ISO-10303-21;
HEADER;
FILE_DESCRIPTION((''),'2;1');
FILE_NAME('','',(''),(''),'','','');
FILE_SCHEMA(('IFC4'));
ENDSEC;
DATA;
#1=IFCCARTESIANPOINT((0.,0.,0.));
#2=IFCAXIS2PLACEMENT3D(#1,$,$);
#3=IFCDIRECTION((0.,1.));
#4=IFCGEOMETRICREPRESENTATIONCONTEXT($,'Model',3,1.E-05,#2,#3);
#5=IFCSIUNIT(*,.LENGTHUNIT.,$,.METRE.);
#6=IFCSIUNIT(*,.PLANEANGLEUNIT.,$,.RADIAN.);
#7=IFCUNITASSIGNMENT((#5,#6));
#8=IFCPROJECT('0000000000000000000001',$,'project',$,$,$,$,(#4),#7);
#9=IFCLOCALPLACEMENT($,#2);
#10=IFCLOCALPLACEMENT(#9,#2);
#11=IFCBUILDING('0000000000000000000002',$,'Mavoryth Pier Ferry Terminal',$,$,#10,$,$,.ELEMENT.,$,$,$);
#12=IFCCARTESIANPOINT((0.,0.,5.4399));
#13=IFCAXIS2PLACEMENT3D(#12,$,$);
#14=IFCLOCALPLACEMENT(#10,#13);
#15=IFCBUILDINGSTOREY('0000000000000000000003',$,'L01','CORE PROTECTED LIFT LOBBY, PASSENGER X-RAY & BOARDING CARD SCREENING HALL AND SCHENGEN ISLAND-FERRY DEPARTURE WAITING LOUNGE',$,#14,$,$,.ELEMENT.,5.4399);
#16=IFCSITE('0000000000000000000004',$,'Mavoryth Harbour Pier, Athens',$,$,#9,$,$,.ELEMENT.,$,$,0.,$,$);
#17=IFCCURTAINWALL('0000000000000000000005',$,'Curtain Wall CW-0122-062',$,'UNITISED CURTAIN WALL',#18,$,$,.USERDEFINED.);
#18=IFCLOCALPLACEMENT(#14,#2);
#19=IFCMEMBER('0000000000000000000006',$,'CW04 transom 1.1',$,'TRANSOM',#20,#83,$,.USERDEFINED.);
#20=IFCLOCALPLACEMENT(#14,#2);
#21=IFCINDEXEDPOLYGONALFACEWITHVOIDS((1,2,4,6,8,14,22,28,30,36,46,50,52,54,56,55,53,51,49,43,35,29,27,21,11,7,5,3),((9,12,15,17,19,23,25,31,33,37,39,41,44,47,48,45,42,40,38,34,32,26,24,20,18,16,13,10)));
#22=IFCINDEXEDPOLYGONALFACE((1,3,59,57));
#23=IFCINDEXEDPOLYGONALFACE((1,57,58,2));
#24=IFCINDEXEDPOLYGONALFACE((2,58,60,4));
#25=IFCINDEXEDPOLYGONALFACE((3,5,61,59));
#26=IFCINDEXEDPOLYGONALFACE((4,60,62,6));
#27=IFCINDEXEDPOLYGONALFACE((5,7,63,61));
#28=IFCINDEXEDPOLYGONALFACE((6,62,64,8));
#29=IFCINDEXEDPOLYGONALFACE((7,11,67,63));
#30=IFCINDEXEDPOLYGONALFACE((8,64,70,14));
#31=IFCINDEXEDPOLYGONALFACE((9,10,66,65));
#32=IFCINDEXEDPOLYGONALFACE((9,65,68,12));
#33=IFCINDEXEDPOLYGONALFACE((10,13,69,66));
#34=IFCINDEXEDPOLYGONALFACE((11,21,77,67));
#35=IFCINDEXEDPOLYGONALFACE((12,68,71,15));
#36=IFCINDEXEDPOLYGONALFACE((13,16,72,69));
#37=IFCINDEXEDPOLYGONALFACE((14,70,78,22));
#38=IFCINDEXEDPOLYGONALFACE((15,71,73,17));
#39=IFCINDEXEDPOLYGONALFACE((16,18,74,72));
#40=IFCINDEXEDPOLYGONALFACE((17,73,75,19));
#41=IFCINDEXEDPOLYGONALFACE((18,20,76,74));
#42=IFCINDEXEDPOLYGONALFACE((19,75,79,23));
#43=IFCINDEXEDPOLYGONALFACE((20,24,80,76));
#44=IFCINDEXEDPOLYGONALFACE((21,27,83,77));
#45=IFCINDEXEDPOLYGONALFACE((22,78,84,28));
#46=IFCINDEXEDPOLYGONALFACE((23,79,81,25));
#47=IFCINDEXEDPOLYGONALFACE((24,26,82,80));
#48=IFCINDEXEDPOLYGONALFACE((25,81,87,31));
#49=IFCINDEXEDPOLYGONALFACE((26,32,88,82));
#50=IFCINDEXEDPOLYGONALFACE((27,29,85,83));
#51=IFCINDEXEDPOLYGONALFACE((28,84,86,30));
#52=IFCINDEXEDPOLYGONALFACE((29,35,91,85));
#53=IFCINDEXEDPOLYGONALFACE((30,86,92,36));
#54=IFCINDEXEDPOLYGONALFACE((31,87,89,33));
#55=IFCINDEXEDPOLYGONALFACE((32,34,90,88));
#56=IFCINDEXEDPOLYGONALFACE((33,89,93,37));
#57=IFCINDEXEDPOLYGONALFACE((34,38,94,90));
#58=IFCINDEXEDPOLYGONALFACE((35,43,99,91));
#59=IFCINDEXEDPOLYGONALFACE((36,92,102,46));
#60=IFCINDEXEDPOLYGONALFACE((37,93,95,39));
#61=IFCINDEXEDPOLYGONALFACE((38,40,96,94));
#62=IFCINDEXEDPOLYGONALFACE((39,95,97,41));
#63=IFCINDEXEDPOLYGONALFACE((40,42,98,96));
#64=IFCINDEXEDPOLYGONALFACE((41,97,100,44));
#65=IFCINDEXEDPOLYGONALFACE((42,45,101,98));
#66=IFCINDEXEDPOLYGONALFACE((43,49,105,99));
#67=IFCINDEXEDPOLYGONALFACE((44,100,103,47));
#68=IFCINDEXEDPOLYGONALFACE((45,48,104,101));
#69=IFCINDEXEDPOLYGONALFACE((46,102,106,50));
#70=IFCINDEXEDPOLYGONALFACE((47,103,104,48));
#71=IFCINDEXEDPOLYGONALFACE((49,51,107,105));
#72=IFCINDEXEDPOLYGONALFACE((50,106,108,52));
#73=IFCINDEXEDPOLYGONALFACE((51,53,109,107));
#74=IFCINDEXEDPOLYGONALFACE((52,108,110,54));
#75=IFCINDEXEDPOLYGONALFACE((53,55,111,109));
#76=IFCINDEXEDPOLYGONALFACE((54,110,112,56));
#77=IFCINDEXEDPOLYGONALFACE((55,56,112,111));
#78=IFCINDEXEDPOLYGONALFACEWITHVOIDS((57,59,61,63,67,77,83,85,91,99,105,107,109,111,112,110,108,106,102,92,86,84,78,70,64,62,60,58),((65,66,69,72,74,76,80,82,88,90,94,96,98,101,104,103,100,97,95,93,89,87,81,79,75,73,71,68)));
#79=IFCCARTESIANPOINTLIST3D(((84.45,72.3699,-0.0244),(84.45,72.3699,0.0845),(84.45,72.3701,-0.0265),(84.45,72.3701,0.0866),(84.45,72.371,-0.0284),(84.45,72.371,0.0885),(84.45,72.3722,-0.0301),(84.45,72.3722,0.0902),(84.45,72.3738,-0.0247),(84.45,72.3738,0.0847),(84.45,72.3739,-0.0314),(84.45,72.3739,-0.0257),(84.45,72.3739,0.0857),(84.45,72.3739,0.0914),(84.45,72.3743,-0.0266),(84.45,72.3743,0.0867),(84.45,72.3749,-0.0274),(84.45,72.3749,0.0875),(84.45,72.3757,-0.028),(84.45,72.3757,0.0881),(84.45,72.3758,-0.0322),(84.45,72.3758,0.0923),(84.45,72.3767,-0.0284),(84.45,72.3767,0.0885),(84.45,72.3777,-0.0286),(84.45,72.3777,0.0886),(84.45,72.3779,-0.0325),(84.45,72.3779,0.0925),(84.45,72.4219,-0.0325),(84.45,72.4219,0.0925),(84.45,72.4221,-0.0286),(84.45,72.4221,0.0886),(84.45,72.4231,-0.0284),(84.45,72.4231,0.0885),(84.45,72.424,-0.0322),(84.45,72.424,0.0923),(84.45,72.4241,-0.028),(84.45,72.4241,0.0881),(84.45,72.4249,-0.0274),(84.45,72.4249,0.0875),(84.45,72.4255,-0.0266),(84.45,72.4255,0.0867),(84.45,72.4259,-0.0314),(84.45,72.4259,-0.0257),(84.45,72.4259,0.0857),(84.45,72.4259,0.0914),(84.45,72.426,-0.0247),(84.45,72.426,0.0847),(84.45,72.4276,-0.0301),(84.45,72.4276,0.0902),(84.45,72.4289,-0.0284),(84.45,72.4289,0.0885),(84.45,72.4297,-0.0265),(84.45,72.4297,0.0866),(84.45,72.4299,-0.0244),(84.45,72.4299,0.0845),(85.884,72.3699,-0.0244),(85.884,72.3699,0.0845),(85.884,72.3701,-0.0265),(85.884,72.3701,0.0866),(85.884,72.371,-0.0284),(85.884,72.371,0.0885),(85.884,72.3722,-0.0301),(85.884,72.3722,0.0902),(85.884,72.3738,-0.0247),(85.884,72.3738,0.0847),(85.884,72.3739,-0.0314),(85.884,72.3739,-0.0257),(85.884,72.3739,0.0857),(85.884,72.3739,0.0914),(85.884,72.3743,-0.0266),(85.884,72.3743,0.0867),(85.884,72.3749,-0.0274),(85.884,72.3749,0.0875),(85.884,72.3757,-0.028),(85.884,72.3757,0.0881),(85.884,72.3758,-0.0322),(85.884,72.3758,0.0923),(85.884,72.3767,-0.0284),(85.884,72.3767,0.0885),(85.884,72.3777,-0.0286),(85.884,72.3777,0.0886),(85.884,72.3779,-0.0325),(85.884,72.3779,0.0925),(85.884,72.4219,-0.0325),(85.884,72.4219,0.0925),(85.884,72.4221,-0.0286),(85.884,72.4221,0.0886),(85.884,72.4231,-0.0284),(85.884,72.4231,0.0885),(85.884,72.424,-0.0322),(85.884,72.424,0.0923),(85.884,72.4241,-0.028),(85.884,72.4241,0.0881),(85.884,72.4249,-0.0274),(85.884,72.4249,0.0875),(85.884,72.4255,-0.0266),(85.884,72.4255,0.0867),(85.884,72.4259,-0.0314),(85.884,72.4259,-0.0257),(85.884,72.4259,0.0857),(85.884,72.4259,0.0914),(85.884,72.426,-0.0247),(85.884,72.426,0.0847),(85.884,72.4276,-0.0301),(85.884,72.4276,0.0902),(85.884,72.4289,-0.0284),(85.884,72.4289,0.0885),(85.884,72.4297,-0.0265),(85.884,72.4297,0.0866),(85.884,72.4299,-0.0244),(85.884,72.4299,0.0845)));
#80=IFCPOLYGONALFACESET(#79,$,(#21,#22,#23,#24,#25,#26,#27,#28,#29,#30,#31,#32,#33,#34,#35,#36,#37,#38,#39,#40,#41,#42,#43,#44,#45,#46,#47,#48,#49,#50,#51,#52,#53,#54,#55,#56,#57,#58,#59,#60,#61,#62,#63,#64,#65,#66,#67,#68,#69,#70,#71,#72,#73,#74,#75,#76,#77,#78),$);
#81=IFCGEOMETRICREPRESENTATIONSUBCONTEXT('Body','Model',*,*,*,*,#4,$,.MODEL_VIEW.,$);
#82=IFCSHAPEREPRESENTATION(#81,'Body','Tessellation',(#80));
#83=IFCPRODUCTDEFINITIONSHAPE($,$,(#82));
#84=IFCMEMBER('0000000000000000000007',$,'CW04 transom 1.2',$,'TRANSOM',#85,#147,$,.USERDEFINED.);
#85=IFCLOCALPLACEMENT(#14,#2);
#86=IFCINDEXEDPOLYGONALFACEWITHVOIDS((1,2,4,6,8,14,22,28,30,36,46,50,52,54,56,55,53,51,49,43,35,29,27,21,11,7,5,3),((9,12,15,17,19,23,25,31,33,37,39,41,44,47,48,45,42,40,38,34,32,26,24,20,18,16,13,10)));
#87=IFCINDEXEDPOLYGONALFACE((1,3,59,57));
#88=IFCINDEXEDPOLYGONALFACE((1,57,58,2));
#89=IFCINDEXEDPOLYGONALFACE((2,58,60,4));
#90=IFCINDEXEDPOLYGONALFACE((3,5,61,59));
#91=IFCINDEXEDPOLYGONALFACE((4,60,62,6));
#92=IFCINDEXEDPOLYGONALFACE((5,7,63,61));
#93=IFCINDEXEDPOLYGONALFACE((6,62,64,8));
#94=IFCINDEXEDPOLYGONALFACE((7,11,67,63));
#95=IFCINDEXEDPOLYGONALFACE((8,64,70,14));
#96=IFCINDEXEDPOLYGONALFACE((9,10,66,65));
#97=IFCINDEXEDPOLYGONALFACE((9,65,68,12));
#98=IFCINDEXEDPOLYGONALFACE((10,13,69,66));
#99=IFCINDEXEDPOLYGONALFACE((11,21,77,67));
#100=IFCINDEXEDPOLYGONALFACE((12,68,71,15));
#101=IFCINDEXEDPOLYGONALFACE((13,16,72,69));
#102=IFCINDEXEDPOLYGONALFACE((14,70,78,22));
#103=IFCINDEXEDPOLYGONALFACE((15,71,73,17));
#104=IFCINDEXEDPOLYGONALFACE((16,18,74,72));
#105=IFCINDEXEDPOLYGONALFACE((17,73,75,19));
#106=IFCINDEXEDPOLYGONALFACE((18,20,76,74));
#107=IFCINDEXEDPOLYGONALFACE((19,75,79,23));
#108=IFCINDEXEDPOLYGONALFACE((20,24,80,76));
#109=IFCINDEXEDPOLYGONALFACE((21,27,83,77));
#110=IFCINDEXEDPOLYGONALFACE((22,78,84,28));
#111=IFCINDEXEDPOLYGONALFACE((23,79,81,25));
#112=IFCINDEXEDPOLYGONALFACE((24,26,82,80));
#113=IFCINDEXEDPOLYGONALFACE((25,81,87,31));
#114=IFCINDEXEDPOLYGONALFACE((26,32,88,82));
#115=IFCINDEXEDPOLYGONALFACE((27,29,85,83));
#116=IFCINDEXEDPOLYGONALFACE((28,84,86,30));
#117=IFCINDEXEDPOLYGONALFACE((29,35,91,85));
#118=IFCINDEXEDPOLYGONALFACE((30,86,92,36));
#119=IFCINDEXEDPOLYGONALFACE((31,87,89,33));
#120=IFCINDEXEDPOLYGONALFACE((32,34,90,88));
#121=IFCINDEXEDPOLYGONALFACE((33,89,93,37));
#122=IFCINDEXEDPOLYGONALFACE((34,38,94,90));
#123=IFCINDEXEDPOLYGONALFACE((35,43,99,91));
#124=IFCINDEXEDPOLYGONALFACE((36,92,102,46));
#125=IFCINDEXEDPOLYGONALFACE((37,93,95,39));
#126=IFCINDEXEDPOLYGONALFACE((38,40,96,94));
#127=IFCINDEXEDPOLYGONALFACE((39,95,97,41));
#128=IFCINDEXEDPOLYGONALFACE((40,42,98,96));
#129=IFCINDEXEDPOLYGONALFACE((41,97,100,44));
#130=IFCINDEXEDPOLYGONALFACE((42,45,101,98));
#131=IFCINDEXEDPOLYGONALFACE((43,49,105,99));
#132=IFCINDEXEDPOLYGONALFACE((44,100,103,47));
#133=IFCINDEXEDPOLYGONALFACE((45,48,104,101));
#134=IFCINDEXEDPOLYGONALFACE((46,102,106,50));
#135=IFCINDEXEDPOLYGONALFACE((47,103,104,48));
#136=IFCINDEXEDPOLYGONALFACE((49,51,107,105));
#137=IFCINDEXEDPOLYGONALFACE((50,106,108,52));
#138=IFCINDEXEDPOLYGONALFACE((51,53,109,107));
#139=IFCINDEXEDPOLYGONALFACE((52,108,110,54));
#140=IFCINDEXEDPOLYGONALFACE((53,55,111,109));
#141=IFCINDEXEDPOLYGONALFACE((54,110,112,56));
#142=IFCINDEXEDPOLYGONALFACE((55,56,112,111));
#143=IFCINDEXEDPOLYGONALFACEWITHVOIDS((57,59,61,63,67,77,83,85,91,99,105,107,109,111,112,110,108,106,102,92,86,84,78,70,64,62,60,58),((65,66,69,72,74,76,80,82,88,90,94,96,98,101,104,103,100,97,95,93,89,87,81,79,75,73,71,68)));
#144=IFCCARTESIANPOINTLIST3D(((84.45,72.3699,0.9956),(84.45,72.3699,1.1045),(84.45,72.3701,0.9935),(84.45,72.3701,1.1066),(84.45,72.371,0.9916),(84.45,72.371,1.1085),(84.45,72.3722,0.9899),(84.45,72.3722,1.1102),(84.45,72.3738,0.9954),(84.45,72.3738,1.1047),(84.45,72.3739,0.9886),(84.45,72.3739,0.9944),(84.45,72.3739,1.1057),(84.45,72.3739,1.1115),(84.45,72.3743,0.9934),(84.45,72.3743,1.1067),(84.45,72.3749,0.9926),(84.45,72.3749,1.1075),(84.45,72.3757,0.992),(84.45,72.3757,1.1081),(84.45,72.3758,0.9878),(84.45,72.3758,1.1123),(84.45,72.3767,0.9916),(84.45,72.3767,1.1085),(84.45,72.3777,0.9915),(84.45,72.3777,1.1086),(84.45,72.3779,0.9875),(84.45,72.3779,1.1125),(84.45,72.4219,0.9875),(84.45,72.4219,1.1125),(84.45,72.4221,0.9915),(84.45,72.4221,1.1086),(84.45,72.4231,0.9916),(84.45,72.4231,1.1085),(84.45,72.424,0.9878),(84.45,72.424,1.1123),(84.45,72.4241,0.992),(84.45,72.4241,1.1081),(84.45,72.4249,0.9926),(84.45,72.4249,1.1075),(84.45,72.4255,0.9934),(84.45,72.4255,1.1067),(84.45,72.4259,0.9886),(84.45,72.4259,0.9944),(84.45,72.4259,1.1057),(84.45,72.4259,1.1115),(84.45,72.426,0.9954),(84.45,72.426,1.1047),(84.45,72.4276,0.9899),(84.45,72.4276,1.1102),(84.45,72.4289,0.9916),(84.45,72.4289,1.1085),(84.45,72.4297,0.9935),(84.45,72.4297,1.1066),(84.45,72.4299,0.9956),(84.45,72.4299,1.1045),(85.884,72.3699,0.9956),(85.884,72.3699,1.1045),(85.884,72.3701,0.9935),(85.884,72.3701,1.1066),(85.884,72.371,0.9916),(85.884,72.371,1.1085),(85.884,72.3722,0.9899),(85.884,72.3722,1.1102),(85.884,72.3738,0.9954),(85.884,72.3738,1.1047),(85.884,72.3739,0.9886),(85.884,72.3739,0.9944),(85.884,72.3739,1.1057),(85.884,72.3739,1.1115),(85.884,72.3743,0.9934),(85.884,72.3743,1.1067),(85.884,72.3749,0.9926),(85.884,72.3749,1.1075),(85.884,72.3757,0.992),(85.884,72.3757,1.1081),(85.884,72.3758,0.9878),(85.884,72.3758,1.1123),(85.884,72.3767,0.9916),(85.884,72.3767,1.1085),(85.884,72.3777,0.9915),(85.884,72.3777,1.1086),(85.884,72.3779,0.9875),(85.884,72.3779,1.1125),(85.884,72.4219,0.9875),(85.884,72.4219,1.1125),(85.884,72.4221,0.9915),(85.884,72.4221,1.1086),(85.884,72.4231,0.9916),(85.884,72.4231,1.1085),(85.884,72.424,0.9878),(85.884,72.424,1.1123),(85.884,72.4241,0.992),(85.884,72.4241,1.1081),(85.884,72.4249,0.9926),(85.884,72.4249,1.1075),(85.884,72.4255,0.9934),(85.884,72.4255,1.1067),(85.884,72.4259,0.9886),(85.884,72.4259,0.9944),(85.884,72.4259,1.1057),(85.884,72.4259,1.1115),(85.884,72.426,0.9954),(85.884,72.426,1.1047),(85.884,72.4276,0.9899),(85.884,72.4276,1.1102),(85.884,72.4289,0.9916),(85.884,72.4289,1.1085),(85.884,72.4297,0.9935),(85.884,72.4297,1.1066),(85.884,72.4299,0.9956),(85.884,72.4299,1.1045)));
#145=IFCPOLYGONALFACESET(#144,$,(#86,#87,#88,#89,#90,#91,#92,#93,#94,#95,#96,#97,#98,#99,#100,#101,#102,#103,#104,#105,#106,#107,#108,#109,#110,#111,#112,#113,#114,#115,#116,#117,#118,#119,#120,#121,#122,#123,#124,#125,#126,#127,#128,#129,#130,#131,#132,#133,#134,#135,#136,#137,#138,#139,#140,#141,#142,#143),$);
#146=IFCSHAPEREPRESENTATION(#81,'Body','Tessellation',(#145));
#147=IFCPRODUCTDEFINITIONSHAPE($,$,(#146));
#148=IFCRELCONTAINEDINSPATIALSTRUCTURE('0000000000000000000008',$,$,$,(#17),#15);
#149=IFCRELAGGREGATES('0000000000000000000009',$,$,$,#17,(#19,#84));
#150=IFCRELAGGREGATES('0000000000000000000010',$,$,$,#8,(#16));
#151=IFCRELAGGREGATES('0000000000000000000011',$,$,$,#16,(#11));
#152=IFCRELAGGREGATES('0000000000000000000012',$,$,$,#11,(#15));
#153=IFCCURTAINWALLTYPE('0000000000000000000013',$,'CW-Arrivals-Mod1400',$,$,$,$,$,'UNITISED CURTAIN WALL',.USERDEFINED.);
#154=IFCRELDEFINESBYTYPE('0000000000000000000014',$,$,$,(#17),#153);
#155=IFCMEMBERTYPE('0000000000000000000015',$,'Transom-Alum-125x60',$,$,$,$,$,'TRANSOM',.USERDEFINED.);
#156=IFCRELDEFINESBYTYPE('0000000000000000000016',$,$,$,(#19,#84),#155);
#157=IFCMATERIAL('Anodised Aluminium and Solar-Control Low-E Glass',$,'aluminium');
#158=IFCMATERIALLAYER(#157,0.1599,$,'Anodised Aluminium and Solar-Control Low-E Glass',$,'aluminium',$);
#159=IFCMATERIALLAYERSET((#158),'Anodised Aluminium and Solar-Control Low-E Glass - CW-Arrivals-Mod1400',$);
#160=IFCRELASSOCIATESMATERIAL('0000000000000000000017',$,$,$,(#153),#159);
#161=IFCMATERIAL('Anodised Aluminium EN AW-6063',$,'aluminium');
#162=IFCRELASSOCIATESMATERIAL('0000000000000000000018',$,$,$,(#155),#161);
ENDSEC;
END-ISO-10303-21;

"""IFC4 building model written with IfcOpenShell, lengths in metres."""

from ifc_helpers import new_model, si_unit, direction, frame, origin, origin_2d, place, context, subcontext, project, spatial, hollow_rectangle, extrude, material, layer, layer_set, material_profile, profile_set, type_object, element, aggregate, save


model = new_model("IFC4")

# Units and contexts
model_context = context("Model", 3, precision=1e-05, world=origin(), true_north=direction((0.0, 1.0)))
body_context = subcontext(model_context, "Body", "Model", "MODEL_VIEW")
ifc_project = project(units=[si_unit("LENGTHUNIT", "METRE"), si_unit("PLANEANGLEUNIT", "RADIAN")], contexts=[model_context])

# Site, building, storey
site_placement = place(None, origin())
site = spatial("IfcSite", under=ifc_project, at=site_placement, Name="Mavoryth Harbour Pier, Athens", CompositionType="ELEMENT", RefElevation=0.0)
building_placement = place(site_placement, origin())
building = spatial("IfcBuilding", under=site, at=building_placement, Name="Mavoryth Pier Ferry Terminal", CompositionType="ELEMENT")
storey_placement = place(building_placement, frame((0.0, 0.0, 5.4399)))
storey = spatial("IfcBuildingStorey", under=building, at=storey_placement, Name="L01", Description="CORE PROTECTED LIFT LOBBY, PASSENGER X-RAY & BOARDING CARD SCREENING HALL AND SCHENGEN ISLAND-FERRY DEPARTURE WAITING LOUNGE", CompositionType="ELEMENT", Elevation=5.4399)

# Curtain wall
ifc_material_1 = material(Name="Anodised Aluminium and Solar-Control Low-E Glass", Category="aluminium")
ifc_layer_1 = layer(ifc_material_1, 0.1599, Name="Anodised Aluminium and Solar-Control Low-E Glass", Category="aluminium")
ifc_layer_set_1 = layer_set([ifc_layer_1], Name="Anodised Aluminium and Solar-Control Low-E Glass - CW-Arrivals-Mod1400")
curtain_wall_type = type_object("IfcCurtainWallType", Name="CW-Arrivals-Mod1400", ElementType="UNITISED CURTAIN WALL", PredefinedType="USERDEFINED", material=ifc_layer_set_1)
ifc_material_2 = material(Name="Anodised Aluminium EN AW-6063", Category="aluminium")
curtain_wall_1_placement = place(storey_placement, origin())
curtain_wall_1 = element("IfcCurtainWall", 1, at=curtain_wall_1_placement, inside=storey, type_object=curtain_wall_type, Name="Curtain Wall CW-0122-062", ObjectType="UNITISED CURTAIN WALL", PredefinedType="USERDEFINED")

# Members
ifc_material_profile_1 = material_profile(ifc_material_2, hollow_rectangle(XDim=0.0601, YDim=0.125, WallThickness=0.0039, InnerFilletRadius=0.0039, OuterFilletRadius=0.0081, at=origin_2d()), Name="AL-TRAN 125x60x4", Category="aluminium")
ifc_profile_set_1 = profile_set([ifc_material_profile_1], Name="Anodised Aluminium EN AW-6063 - AL-TRAN 125x60x4")
member_type_1 = type_object("IfcMemberType", Name="Transom-Alum-125x60", ElementType="TRANSOM", PredefinedType="USERDEFINED", material=ifc_profile_set_1)
member_1_placement = place(storey_placement, frame((84.45, 72.3999, 0.03), z_axis=(1.0, 0.0, 0.0), x_axis=(0.0, 1.0, 0.0)))
member_1 = element("IfcMember", 2, at=member_1_placement, type_object=member_type_1, Name="CW04 transom 1.1", ObjectType="TRANSOM", PredefinedType="USERDEFINED", context=body_context, shape_type="SweptSolid", body=[
    extrude(hollow_rectangle(XDim=0.0601, YDim=0.125, WallThickness=0.0039, InnerFilletRadius=0.0039, OuterFilletRadius=0.0081, at=origin_2d()), origin(), (0.0, 0.0, 1.0), 1.4341),
])
member_2_placement = place(storey_placement, frame((84.45, 72.3999, 1.05), z_axis=(1.0, 0.0, 0.0), x_axis=(0.0, 1.0, 0.0)))
member_2 = element("IfcMember", 3, at=member_2_placement, type_object=member_type_1, Name="CW04 transom 1.2", ObjectType="TRANSOM", PredefinedType="USERDEFINED", context=body_context, shape_type="SweptSolid", body=[
    extrude(hollow_rectangle(XDim=0.0601, YDim=0.125, WallThickness=0.0039, InnerFilletRadius=0.0039, OuterFilletRadius=0.0081, at=origin_2d()), origin(), (0.0, 0.0, 1.0), 1.4341),
])

aggregate(curtain_wall_1, [member_1, member_2])

save(model, "model.ifc")
